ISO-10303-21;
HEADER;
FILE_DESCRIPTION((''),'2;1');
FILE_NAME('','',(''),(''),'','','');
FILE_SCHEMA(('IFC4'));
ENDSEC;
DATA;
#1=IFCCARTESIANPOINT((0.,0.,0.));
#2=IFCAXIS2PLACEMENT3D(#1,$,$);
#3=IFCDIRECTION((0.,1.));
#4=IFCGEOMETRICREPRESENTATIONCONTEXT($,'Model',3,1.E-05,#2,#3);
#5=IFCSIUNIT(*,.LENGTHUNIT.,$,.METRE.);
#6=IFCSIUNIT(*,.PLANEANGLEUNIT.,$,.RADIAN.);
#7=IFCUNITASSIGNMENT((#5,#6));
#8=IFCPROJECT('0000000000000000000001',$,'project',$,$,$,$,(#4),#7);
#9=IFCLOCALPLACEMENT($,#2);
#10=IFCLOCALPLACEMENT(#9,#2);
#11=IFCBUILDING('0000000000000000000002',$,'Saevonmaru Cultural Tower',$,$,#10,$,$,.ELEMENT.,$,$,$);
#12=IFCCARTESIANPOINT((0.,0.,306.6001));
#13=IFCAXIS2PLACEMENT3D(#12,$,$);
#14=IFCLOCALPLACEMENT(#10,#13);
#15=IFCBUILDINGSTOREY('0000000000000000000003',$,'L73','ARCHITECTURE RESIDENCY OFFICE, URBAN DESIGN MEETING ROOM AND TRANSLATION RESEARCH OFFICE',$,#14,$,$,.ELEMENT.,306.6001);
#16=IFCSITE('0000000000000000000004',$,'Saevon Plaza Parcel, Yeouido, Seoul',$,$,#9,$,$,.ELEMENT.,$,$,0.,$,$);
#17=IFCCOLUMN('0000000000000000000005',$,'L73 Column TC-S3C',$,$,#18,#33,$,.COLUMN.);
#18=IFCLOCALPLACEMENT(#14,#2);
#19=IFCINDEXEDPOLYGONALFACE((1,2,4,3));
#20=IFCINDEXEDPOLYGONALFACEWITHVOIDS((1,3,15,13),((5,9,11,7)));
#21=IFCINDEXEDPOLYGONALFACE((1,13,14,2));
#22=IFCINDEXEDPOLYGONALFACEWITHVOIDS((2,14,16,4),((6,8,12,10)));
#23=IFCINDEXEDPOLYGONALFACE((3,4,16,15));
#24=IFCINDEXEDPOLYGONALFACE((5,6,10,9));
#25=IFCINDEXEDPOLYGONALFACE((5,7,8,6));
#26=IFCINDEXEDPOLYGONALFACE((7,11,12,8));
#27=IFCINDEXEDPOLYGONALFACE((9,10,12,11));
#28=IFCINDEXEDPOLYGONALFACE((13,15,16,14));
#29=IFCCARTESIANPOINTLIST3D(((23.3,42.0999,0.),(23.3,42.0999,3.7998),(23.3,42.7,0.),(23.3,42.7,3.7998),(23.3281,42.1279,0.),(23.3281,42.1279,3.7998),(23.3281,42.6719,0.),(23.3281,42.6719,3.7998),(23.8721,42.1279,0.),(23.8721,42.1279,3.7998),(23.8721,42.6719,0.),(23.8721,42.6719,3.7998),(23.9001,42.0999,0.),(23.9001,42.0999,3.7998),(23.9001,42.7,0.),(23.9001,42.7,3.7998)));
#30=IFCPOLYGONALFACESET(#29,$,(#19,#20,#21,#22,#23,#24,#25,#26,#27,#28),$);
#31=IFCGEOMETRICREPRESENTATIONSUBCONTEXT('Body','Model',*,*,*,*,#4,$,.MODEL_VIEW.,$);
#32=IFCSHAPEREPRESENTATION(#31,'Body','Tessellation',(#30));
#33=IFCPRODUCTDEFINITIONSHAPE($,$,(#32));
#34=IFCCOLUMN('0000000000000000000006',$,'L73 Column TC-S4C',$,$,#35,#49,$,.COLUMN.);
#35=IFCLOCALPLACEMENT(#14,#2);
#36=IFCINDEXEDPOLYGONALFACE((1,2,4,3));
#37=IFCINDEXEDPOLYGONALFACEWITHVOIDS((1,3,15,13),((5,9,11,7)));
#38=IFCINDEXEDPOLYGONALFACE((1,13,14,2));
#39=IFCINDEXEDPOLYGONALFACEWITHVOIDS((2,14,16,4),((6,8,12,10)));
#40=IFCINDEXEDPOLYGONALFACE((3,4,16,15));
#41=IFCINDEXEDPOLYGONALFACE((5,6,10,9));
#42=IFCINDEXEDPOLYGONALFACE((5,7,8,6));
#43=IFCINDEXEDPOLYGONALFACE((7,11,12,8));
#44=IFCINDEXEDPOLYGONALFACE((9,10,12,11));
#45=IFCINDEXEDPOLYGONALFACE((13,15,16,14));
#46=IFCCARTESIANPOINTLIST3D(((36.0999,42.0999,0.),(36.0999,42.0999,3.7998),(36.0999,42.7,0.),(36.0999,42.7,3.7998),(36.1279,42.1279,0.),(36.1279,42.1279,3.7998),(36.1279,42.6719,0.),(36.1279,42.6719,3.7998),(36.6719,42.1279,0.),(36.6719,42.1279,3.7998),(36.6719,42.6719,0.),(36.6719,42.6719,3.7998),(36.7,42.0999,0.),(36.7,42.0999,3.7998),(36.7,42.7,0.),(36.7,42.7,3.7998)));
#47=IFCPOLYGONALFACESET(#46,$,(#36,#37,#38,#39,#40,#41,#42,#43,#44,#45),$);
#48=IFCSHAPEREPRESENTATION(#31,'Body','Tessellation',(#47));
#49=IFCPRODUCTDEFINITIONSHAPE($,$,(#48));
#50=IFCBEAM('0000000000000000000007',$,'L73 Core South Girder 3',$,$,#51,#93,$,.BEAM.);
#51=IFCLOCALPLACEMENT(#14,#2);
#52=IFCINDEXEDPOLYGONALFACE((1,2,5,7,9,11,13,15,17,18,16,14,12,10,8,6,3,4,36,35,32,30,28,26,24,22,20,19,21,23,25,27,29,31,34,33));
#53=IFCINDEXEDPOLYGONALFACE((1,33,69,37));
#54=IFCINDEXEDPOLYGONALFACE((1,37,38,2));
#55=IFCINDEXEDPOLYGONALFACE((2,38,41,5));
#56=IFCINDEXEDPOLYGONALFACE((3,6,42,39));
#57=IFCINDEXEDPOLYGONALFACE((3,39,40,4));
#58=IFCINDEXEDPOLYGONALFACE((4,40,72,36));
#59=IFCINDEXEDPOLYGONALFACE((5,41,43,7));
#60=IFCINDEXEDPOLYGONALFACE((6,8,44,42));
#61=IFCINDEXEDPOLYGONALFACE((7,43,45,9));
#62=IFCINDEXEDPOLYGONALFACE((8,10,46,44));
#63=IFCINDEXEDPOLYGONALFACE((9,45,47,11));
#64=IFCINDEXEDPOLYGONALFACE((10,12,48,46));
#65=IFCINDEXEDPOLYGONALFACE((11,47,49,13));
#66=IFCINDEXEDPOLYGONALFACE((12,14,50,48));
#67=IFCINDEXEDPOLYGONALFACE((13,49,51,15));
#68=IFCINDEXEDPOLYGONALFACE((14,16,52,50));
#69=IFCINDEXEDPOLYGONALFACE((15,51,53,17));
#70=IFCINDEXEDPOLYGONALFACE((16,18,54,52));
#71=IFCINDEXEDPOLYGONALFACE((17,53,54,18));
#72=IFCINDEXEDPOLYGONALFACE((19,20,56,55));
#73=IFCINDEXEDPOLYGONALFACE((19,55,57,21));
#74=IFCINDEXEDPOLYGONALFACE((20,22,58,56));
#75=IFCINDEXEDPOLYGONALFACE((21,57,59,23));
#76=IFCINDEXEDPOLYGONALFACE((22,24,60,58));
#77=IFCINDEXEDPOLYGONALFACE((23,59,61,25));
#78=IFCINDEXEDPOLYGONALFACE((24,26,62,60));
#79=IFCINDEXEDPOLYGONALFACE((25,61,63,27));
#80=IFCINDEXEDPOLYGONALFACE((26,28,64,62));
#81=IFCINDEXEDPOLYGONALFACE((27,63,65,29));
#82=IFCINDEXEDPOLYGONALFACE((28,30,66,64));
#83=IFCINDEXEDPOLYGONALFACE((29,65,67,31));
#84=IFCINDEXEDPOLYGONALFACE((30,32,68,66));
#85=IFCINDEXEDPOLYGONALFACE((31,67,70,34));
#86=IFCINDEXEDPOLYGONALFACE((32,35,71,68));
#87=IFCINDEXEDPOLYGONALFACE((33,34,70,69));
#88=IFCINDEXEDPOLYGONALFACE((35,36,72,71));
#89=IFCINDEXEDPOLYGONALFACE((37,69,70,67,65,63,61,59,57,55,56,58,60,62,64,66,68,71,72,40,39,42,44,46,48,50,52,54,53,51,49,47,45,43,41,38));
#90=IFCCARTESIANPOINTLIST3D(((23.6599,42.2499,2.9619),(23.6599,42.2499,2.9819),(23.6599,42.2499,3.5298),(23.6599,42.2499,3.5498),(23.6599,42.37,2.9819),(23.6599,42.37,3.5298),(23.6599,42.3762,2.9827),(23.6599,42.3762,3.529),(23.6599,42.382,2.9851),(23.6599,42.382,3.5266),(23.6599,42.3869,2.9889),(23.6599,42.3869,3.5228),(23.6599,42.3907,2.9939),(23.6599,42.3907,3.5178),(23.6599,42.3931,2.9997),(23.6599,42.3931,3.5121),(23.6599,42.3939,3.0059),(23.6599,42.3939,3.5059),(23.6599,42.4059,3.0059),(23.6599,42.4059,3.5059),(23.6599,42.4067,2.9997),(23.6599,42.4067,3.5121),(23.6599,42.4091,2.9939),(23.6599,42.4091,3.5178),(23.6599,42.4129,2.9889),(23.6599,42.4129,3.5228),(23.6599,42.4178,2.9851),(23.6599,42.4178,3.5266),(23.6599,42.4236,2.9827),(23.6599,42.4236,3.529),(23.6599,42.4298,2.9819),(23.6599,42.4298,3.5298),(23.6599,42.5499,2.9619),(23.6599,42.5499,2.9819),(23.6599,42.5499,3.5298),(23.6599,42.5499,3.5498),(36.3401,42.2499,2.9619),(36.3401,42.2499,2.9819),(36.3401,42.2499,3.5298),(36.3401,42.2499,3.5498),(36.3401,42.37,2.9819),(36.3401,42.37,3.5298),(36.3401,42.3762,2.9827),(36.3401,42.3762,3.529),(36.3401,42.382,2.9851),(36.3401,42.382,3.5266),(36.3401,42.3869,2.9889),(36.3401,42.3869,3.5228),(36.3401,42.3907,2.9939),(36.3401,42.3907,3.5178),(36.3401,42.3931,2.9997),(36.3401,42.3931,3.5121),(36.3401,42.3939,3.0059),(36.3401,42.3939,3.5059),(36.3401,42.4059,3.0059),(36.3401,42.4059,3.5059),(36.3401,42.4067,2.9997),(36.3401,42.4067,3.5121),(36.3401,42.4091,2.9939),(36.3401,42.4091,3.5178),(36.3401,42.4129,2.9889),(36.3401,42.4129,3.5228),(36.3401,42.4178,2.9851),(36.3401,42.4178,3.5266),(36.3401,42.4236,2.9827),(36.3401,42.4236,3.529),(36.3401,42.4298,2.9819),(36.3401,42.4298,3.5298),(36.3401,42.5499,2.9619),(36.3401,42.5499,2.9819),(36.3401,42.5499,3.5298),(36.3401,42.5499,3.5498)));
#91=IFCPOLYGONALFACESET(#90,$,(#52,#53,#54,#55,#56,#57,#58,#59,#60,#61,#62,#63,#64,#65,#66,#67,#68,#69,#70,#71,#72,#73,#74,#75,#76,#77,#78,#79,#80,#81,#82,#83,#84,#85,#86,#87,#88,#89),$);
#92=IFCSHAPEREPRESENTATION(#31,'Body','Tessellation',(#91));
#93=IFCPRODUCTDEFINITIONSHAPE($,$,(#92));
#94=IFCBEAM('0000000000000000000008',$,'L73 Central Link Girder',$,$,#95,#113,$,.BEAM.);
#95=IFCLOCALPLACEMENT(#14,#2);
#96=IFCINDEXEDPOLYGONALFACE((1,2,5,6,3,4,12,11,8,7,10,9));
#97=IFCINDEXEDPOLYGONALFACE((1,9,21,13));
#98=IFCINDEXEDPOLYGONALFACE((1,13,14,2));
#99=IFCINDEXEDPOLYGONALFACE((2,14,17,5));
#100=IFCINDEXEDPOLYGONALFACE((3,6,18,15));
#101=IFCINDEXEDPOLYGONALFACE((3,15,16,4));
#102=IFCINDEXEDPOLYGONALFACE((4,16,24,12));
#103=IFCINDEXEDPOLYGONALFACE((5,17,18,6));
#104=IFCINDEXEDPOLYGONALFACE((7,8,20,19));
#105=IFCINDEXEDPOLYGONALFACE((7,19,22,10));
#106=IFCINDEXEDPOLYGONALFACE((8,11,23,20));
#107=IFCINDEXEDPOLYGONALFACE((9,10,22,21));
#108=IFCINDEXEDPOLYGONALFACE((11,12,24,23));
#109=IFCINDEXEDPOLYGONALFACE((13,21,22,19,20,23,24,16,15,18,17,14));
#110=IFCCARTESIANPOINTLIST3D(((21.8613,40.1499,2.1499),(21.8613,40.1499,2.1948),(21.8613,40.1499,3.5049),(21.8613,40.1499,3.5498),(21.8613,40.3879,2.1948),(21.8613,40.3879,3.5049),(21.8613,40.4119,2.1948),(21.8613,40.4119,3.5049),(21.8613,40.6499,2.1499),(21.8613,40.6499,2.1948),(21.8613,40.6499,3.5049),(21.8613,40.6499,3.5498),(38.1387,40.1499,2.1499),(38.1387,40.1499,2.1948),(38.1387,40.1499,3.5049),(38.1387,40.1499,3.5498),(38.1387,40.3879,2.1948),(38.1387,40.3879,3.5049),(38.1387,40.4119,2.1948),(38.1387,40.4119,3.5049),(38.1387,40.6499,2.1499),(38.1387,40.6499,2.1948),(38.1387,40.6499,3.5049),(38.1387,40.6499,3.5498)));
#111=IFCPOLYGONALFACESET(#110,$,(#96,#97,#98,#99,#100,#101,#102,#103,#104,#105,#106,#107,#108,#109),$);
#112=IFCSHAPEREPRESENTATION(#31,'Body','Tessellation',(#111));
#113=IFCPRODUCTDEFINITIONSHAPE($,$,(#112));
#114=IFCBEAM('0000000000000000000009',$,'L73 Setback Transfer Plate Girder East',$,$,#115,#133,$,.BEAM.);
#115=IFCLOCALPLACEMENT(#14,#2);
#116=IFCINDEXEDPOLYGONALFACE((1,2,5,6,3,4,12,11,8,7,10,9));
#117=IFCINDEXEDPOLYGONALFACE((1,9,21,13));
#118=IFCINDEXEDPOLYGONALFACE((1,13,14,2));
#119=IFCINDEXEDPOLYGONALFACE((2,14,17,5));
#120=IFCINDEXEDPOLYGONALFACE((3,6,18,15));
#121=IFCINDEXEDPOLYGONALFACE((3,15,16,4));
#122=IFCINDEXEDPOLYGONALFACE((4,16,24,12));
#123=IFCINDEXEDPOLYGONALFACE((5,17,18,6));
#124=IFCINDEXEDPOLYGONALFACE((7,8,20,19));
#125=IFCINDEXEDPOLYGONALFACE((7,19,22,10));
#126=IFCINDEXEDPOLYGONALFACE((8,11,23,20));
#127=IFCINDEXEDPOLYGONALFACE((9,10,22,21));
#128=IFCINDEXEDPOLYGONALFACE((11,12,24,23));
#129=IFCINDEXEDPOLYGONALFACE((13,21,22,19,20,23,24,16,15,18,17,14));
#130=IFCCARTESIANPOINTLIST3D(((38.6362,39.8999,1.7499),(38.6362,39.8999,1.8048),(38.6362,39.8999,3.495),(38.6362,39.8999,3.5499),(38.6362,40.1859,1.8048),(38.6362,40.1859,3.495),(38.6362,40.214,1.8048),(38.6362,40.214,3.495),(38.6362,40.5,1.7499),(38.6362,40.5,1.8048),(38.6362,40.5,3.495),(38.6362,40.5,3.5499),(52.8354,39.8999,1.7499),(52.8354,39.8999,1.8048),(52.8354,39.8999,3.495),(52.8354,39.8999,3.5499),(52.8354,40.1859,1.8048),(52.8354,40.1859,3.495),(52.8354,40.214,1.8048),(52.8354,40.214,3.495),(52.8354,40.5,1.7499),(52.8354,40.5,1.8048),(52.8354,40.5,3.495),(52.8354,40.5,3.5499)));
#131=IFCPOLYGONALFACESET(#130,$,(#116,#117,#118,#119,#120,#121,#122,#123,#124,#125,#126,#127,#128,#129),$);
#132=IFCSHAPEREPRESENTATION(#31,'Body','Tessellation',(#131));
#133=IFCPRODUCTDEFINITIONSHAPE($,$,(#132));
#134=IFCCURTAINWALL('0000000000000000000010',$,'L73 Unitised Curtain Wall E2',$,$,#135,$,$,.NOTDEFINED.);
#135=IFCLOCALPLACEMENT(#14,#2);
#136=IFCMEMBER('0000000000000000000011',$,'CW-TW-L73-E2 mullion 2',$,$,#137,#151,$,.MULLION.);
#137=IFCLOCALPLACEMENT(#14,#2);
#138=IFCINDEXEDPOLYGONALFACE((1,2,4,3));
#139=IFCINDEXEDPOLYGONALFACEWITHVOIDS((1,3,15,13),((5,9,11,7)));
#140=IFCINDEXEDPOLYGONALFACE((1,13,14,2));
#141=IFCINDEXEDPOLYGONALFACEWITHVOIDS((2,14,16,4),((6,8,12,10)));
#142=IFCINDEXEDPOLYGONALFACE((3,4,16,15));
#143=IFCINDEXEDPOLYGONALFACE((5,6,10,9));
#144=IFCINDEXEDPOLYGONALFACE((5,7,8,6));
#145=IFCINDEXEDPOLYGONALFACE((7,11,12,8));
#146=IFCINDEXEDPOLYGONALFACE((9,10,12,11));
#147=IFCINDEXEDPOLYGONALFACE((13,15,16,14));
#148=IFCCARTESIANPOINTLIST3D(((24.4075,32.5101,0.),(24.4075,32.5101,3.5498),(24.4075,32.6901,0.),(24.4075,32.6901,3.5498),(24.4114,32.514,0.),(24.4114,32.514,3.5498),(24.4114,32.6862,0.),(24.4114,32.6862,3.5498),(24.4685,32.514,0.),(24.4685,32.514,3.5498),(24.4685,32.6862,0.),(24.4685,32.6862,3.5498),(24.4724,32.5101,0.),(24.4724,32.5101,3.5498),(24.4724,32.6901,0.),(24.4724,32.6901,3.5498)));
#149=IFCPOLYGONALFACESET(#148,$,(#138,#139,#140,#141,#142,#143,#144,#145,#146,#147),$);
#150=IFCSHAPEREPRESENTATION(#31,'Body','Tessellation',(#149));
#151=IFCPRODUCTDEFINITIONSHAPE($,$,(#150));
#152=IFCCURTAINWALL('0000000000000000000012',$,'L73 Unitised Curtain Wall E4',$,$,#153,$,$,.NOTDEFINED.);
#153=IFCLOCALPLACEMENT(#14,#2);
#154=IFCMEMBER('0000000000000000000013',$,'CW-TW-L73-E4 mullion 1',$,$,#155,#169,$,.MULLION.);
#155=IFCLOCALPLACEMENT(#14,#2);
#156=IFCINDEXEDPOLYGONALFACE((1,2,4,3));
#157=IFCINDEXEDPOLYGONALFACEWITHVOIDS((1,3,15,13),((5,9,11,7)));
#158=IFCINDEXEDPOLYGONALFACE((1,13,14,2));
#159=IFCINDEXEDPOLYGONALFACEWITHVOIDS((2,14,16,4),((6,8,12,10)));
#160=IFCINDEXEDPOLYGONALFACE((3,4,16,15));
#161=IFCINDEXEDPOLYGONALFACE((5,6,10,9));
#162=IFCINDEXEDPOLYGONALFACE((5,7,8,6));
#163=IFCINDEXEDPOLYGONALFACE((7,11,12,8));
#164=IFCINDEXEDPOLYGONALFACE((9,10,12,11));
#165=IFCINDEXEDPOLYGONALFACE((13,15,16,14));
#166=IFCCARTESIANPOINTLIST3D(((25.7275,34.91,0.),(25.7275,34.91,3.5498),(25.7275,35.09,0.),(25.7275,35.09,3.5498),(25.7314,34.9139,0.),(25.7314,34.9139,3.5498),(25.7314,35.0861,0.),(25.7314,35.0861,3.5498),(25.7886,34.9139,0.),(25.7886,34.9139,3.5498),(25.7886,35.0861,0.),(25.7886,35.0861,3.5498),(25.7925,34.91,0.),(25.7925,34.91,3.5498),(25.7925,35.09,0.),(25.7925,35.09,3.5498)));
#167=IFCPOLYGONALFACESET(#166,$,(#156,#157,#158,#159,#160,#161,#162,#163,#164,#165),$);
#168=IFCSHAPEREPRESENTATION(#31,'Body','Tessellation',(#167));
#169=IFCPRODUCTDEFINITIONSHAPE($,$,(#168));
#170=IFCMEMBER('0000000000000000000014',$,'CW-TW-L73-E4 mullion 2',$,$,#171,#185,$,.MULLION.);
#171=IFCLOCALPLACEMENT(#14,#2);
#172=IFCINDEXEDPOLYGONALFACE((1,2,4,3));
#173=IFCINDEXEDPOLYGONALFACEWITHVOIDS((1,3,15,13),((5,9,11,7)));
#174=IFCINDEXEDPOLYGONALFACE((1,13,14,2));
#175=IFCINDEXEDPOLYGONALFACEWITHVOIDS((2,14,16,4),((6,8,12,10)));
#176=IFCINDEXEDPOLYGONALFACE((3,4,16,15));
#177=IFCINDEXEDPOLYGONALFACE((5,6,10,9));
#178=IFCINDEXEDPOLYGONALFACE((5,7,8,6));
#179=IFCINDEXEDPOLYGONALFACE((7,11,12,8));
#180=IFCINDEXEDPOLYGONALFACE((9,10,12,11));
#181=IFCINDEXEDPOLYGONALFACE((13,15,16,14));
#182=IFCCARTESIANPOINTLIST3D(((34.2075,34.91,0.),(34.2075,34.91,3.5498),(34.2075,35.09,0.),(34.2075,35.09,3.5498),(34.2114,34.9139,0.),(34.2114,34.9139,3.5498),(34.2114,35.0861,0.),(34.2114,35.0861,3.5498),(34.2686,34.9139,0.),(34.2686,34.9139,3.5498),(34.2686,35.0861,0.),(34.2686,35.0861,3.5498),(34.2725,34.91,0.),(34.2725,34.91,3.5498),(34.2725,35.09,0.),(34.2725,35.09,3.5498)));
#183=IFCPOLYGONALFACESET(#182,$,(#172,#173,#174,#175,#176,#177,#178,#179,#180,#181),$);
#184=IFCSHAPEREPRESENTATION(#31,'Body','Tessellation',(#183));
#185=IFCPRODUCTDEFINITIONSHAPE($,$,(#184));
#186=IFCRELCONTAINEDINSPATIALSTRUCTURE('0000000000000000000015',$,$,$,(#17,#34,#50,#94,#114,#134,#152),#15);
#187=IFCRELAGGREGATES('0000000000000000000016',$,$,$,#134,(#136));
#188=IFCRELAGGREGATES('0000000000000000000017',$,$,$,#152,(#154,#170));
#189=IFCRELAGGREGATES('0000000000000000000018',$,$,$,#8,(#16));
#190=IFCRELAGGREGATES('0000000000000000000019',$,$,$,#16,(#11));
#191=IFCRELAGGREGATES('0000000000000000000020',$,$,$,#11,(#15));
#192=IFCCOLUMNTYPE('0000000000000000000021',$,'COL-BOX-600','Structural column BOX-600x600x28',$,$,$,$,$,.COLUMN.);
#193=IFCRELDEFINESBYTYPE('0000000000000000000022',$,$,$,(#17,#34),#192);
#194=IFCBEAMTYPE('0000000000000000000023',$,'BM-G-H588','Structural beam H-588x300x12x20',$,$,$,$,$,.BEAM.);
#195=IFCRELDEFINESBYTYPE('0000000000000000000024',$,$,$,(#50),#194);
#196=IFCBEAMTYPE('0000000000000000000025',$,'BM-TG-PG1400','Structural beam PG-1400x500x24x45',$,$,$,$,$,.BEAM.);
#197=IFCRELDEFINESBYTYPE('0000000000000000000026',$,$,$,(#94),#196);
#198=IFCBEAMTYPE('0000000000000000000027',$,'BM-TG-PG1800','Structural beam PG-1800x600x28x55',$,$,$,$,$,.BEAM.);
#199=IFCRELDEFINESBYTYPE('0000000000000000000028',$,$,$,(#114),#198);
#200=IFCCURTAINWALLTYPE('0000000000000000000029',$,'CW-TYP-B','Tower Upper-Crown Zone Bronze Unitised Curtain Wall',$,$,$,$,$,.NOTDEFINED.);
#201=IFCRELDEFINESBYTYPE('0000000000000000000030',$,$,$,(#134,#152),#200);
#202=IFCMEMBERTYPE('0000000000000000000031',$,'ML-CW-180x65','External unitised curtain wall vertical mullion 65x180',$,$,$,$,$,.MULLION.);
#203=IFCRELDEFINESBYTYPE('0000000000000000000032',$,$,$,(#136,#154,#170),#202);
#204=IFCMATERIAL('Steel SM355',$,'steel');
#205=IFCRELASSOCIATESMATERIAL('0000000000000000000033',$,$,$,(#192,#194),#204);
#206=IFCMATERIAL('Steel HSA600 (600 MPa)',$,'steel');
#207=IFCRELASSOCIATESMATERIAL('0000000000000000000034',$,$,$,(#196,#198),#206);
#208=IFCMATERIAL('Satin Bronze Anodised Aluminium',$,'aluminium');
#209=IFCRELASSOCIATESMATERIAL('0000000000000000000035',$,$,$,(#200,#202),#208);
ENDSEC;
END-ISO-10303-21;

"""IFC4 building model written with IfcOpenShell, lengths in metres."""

from ifc_helpers import new_model, si_unit, direction, frame, origin, origin_2d, place, context, subcontext, project, spatial, hollow_rectangle, i_section, extrude, material, material_profile, profile_set, type_object, element, aggregate, save


model = new_model("IFC4")

# Units and contexts
model_context = context("Model", 3, precision=1e-05, world=origin(), true_north=direction((0.0, 1.0)))
body_context = subcontext(model_context, "Body", "Model", "MODEL_VIEW")
ifc_project = project(units=[si_unit("LENGTHUNIT", "METRE"), si_unit("PLANEANGLEUNIT", "RADIAN")], contexts=[model_context])

# Site, building, storey
site_placement = place(None, origin())
site = spatial("IfcSite", under=ifc_project, at=site_placement, Name="Saevon Plaza Parcel, Yeouido, Seoul", CompositionType="ELEMENT", RefElevation=0.0)
building_placement = place(site_placement, origin())
building = spatial("IfcBuilding", under=site, at=building_placement, Name="Saevonmaru Cultural Tower", CompositionType="ELEMENT")
storey_placement = place(building_placement, frame((0.0, 0.0, 306.6001)))
storey = spatial("IfcBuildingStorey", under=building, at=storey_placement, Name="L73", Description="ARCHITECTURE RESIDENCY OFFICE, URBAN DESIGN MEETING ROOM AND TRANSLATION RESEARCH OFFICE", CompositionType="ELEMENT", Elevation=306.6001)

# Columns
ifc_material_1 = material(Name="Steel SM355", Category="steel")
ifc_material_profile_1 = material_profile(ifc_material_1, hollow_rectangle(XDim=0.6001, YDim=0.6001, WallThickness=0.0281, at=origin_2d()), Name="BOX-600x600x28")
ifc_profile_set_1 = profile_set([ifc_material_profile_1], Name="Steel SM355")
column_type = type_object("IfcColumnType", Name="COL-BOX-600", Description="Structural column BOX-600x600x28", PredefinedType="COLUMN", material=ifc_profile_set_1)
for number, where, z_axis, x_axis, name in (
    (1, (23.6001, 42.3999, 0.0), (0.0, 0.0, 1.0), (1.0, 0.0, 0.0), "L73 Column TC-S3C"),
    (2, (36.3999, 42.3999, 0.0), (0.0, 0.0, 1.0), (1.0, 0.0, 0.0), "L73 Column TC-S4C"),
):
    element("IfcColumn", number, at=place(storey_placement, frame(where, z_axis=z_axis, x_axis=x_axis)), inside=storey, type_object=column_type, Name=name, PredefinedType="COLUMN", context=body_context, shape_type="SweptSolid", body=[
        extrude(hollow_rectangle(XDim=0.6001, YDim=0.6001, WallThickness=0.0281, at=origin_2d()), origin(), (0.0, 0.0, 1.0), 3.7998),
    ])

# Beams
ifc_material_profile_2 = material_profile(ifc_material_1, i_section(OverallWidth=0.3, OverallDepth=0.5879, WebThickness=0.012, FlangeThickness=0.02, FilletRadius=0.0239, at=origin_2d()), Name="H-588x300x12x20")
ifc_profile_set_2 = profile_set([ifc_material_profile_2], Name="Steel SM355")
beam_type_1 = type_object("IfcBeamType", Name="BM-G-H588", Description="Structural beam H-588x300x12x20", PredefinedType="BEAM", material=ifc_profile_set_2)
beam_1_placement = place(storey_placement, frame((23.6599, 42.3999, 3.2559), z_axis=(1.0, 0.0, 0.0), x_axis=(0.0, 1.0, 0.0)))
element("IfcBeam", 3, at=beam_1_placement, inside=storey, type_object=beam_type_1, Name="L73 Core South Girder 3", PredefinedType="BEAM", context=body_context, shape_type="SweptSolid", body=[
    extrude(i_section(OverallWidth=0.3, OverallDepth=0.5879, WebThickness=0.012, FlangeThickness=0.02, FilletRadius=0.0239, at=origin_2d()), origin(), (0.0, 0.0, 1.0), 12.6802),
])
ifc_material_2 = material(Name="Steel HSA600 (600 MPa)", Category="steel")
ifc_material_profile_3 = material_profile(ifc_material_2, i_section(OverallWidth=0.5, OverallDepth=1.3999, WebThickness=0.0239, FlangeThickness=0.0449, at=origin_2d()), Name="PG-1400x500x24x45")
ifc_profile_set_3 = profile_set([ifc_material_profile_3], Name="Steel HSA600 (600 MPa)")
beam_type_2 = type_object("IfcBeamType", Name="BM-TG-PG1400", Description="Structural beam PG-1400x500x24x45", PredefinedType="BEAM", material=ifc_profile_set_3)
beam_2_placement = place(storey_placement, frame((21.8613, 40.3999, 2.8499), z_axis=(1.0, 0.0, 0.0), x_axis=(0.0, 1.0, 0.0)))
element("IfcBeam", 4, at=beam_2_placement, inside=storey, type_object=beam_type_2, Name="L73 Central Link Girder", PredefinedType="BEAM", context=body_context, shape_type="SweptSolid", body=[
    extrude(i_section(OverallWidth=0.5, OverallDepth=1.3999, WebThickness=0.0239, FlangeThickness=0.0449, at=origin_2d()), origin(), (0.0, 0.0, 1.0), 16.2773),
])
ifc_material_profile_4 = material_profile(ifc_material_2, i_section(OverallWidth=0.6001, OverallDepth=1.8, WebThickness=0.0281, FlangeThickness=0.0549, at=origin_2d()), Name="PG-1800x600x28x55")
ifc_profile_set_4 = profile_set([ifc_material_profile_4], Name="Steel HSA600 (600 MPa)")
beam_type_3 = type_object("IfcBeamType", Name="BM-TG-PG1800", Description="Structural beam PG-1800x600x28x55", PredefinedType="BEAM", material=ifc_profile_set_4)
beam_3_placement = place(storey_placement, frame((38.6362, 40.2, 2.6499), z_axis=(1.0, 0.0, 0.0), x_axis=(0.0, 1.0, 0.0)))
element("IfcBeam", 5, at=beam_3_placement, inside=storey, type_object=beam_type_3, Name="L73 Setback Transfer Plate Girder East", PredefinedType="BEAM", context=body_context, shape_type="SweptSolid", body=[
    extrude(i_section(OverallWidth=0.6001, OverallDepth=1.8, WebThickness=0.0281, FlangeThickness=0.0549, at=origin_2d()), origin(), (0.0, 0.0, 1.0), 14.1992),
])

# Curtain wall, member
ifc_material_3 = material(Name="Satin Bronze Anodised Aluminium", Category="aluminium")
curtain_wall_type = type_object("IfcCurtainWallType", Name="CW-TYP-B", Description="Tower Upper-Crown Zone Bronze Unitised Curtain Wall", PredefinedType="NOTDEFINED", material=ifc_material_3)
curtain_wall_1_placement = place(storey_placement, origin())
curtain_wall_1 = element("IfcCurtainWall", 6, at=curtain_wall_1_placement, inside=storey, type_object=curtain_wall_type, Name="L73 Unitised Curtain Wall E2", PredefinedType="NOTDEFINED")
ifc_material_profile_5 = material_profile(ifc_material_3, hollow_rectangle(XDim=0.0649, YDim=0.1799, WallThickness=0.0039, at=origin_2d()), Name="ALU-MULL-180x65x4")
ifc_profile_set_5 = profile_set([ifc_material_profile_5], Name="Satin Bronze Anodised Aluminium")
member_type_1 = type_object("IfcMemberType", Name="ML-CW-180x65", Description="External unitised curtain wall vertical mullion 65x180", PredefinedType="MULLION", material=ifc_profile_set_5)
member_1_placement = place(storey_placement, frame((24.4399, 32.6001, 0.0), z_axis=(0.0, 0.0, 1.0), x_axis=(1.0, 0.0, 0.0)))
member_1 = element("IfcMember", 7, at=member_1_placement, type_object=member_type_1, Name="CW-TW-L73-E2 mullion 2", PredefinedType="MULLION", context=body_context, shape_type="SweptSolid", body=[
    extrude(hollow_rectangle(XDim=0.0649, YDim=0.1799, WallThickness=0.0039, at=origin_2d()), origin(), (0.0, 0.0, 1.0), 3.5498),
])
aggregate(curtain_wall_1, [member_1])

# Curtain wall, members
curtain_wall_2_placement = place(storey_placement, origin())
curtain_wall_2 = element("IfcCurtainWall", 8, at=curtain_wall_2_placement, inside=storey, type_object=curtain_wall_type, Name="L73 Unitised Curtain Wall E4", PredefinedType="NOTDEFINED")
member_2_placement = place(storey_placement, frame((25.76, 35.0, 0.0), z_axis=(0.0, 0.0, 1.0), x_axis=(1.0, 0.0, 0.0)))
member_2 = element("IfcMember", 9, at=member_2_placement, type_object=member_type_1, Name="CW-TW-L73-E4 mullion 1", PredefinedType="MULLION", context=body_context, shape_type="SweptSolid", body=[
    extrude(hollow_rectangle(XDim=0.0649, YDim=0.1799, WallThickness=0.0039, at=origin_2d()), origin(), (0.0, 0.0, 1.0), 3.5498),
])
member_3_placement = place(storey_placement, frame((34.24, 35.0, 0.0), z_axis=(0.0, 0.0, 1.0), x_axis=(1.0, 0.0, 0.0)))
member_3 = element("IfcMember", 10, at=member_3_placement, type_object=member_type_1, Name="CW-TW-L73-E4 mullion 2", PredefinedType="MULLION", context=body_context, shape_type="SweptSolid", body=[
    extrude(hollow_rectangle(XDim=0.0649, YDim=0.1799, WallThickness=0.0039, at=origin_2d()), origin(), (0.0, 0.0, 1.0), 3.5498),
])

aggregate(curtain_wall_2, [member_2, member_3])

save(model, "model.ifc")
